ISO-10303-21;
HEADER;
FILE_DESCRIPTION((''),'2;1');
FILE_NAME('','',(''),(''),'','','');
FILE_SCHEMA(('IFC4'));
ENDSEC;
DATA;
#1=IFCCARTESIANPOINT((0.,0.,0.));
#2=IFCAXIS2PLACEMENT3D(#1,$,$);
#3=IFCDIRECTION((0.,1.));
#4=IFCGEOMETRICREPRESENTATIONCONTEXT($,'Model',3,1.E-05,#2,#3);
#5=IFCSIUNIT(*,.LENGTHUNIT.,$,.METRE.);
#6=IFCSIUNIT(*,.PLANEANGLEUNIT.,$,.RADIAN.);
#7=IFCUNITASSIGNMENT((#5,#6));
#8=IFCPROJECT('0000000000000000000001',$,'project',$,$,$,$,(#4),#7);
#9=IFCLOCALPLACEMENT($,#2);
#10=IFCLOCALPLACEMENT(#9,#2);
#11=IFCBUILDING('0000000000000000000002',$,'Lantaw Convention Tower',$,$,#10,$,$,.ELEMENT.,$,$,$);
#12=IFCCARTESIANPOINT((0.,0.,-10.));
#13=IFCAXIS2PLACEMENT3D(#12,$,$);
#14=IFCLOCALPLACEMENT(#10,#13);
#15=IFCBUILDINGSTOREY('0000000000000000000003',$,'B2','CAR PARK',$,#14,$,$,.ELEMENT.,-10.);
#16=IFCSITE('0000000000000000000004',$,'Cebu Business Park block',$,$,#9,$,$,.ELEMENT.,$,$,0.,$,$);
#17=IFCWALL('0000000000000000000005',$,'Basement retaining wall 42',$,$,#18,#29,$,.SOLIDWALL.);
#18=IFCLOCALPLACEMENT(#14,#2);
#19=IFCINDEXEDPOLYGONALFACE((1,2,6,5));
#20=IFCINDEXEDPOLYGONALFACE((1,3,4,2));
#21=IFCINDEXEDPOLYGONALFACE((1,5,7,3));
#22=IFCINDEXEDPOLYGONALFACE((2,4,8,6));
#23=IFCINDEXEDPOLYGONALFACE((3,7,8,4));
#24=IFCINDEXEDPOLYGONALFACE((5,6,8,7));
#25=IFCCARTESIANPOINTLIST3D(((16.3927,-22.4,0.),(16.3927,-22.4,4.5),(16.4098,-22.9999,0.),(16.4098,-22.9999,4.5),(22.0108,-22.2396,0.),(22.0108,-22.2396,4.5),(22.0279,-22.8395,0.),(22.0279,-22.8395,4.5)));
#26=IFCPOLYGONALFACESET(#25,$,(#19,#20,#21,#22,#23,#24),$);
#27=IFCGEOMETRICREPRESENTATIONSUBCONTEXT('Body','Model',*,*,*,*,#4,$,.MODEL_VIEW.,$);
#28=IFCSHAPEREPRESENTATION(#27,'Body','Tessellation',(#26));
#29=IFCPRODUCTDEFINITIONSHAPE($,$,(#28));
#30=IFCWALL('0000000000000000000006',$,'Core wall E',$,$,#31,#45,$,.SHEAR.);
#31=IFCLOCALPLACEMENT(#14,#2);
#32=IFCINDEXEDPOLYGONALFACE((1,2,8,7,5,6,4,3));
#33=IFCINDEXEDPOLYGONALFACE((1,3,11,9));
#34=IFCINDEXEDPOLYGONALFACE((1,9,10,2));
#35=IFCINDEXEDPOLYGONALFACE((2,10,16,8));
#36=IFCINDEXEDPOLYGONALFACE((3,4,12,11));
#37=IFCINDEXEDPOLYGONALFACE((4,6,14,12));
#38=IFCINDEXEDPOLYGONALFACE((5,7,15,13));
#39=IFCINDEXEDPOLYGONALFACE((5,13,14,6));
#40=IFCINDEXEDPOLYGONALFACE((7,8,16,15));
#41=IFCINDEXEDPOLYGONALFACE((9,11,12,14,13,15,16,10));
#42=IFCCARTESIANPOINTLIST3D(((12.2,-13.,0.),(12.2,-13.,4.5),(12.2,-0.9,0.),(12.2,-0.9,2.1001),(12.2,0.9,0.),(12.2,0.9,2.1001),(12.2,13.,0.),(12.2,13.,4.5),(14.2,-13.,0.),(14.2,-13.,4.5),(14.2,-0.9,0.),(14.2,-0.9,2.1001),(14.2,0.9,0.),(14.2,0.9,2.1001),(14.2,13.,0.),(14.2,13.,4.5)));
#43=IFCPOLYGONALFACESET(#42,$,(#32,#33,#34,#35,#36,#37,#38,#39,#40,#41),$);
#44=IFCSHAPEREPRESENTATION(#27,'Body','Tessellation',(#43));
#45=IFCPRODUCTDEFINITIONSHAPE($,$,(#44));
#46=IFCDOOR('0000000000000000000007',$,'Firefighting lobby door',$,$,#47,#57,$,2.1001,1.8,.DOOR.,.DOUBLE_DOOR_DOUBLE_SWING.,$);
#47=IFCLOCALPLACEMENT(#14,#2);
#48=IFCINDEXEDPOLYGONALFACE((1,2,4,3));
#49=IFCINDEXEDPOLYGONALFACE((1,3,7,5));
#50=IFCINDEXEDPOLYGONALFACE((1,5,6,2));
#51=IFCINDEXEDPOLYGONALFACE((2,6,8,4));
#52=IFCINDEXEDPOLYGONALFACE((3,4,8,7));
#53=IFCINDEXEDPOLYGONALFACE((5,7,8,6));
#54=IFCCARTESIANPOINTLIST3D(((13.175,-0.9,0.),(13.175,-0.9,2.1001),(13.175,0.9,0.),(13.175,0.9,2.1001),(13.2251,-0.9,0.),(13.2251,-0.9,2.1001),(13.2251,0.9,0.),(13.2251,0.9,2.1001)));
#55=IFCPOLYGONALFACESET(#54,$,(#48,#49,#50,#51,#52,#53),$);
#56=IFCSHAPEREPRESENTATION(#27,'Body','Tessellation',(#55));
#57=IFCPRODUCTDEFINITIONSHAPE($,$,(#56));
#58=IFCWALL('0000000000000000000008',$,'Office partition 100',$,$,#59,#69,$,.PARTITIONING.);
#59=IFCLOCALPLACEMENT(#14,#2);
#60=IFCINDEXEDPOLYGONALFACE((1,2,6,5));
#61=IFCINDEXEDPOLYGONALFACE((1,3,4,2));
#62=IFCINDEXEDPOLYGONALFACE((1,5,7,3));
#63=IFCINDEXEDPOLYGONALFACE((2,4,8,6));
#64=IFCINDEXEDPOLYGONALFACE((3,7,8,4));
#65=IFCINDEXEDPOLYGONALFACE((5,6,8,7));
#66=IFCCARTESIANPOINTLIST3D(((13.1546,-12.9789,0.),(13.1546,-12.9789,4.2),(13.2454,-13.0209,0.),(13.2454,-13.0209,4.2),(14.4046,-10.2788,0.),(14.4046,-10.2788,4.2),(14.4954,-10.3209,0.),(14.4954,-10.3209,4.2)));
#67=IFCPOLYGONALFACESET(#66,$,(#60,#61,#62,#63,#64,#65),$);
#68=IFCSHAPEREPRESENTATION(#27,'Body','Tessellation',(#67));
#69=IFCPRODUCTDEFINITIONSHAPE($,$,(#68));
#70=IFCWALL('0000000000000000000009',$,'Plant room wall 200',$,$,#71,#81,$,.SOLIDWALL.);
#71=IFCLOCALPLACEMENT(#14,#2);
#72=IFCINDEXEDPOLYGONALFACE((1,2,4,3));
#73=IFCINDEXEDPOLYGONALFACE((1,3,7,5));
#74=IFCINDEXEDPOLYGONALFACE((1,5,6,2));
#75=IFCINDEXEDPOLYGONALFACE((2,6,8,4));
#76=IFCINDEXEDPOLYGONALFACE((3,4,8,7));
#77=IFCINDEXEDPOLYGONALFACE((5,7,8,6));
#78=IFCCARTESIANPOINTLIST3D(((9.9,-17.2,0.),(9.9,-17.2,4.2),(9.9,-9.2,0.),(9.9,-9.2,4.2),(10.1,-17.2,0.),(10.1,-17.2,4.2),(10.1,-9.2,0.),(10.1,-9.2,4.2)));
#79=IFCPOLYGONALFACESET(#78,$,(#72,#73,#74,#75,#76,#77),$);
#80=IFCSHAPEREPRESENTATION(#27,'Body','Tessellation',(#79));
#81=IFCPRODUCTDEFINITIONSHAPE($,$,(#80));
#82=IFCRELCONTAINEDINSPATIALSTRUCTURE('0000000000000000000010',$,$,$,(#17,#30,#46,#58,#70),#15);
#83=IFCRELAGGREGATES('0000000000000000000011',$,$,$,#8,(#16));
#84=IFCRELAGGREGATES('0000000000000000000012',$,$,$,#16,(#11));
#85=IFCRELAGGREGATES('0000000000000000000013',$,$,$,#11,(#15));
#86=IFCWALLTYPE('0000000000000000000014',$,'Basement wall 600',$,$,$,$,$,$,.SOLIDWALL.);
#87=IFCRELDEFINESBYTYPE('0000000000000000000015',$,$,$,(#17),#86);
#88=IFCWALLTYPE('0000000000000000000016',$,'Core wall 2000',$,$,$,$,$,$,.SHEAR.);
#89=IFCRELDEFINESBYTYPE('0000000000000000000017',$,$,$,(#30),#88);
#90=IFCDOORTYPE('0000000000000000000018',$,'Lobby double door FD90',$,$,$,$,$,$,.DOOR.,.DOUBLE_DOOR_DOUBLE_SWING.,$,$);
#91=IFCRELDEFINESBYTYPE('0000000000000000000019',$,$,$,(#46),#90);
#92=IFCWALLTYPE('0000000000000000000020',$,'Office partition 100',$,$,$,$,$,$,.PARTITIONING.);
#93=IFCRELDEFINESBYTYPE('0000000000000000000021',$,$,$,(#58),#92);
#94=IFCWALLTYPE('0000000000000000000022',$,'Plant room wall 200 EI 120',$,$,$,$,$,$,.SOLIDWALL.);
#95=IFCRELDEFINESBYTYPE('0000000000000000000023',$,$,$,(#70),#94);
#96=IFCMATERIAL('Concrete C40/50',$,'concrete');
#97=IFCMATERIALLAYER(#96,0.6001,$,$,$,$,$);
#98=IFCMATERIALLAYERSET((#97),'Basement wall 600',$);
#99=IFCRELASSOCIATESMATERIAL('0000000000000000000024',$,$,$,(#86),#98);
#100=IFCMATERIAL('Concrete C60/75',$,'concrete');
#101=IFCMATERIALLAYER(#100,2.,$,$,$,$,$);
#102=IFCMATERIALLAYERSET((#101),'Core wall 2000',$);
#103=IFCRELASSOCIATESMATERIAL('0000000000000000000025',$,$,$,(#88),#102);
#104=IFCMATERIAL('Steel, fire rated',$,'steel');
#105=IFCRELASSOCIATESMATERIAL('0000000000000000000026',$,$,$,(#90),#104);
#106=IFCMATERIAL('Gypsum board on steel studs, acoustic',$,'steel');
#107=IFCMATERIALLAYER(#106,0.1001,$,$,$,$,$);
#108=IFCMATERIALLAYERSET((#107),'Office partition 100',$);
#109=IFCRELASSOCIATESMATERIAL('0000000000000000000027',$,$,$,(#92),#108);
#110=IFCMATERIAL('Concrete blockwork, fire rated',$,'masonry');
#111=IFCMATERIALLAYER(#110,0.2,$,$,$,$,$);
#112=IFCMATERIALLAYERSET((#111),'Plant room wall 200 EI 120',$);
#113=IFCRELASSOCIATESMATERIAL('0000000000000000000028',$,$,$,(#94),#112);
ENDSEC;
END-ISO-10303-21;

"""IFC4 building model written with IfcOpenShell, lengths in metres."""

from ifc_helpers import new_model, si_unit, direction, frame, frame_2d, origin, place, context, subcontext, project, spatial, rectangle, extrude, material, layer, layer_set, type_object, element, fill, save


model = new_model("IFC4")

# Units and contexts
model_context = context("Model", 3, precision=1e-05, world=origin(), true_north=direction((0.0, 1.0)))
body_context = subcontext(model_context, "Body", "Model", "MODEL_VIEW")
ifc_project = project(units=[si_unit("LENGTHUNIT", "METRE"), si_unit("PLANEANGLEUNIT", "RADIAN")], contexts=[model_context])

# Site, building, storey
site_placement = place(None, origin())
site = spatial("IfcSite", under=ifc_project, at=site_placement, Name="Cebu Business Park block", CompositionType="ELEMENT", RefElevation=0.0)
building_placement = place(site_placement, origin())
building = spatial("IfcBuilding", under=site, at=building_placement, Name="Lantaw Convention Tower", CompositionType="ELEMENT")
storey_placement = place(building_placement, frame((0.0, 0.0, -10.0)))
storey = spatial("IfcBuildingStorey", under=building, at=storey_placement, Name="B2", Description="CAR PARK", CompositionType="ELEMENT", Elevation=-10.0)

# Shared definitions
ifc_material_1 = material(Name="Concrete C60/75", Category="concrete")

# Wall
ifc_material_2 = material(Name="Concrete C40/50", Category="concrete")
ifc_layer_1 = layer(ifc_material_2, 0.6001)
ifc_layer_set_1 = layer_set([ifc_layer_1], Name="Basement wall 600")
wall_type_1 = type_object("IfcWallType", Name="Basement wall 600", PredefinedType="SOLIDWALL", material=ifc_layer_set_1)
wall_1_placement = place(storey_placement, frame((16.4014, -22.7, 0.0), z_axis=(0.0, 0.0, 1.0), x_axis=(0.999593, 0.028539, 0.0)))
element("IfcWall", 1, at=wall_1_placement, inside=storey, type_object=wall_type_1, Name="Basement retaining wall 42", PredefinedType="SOLIDWALL", context=body_context, shape_type="SweptSolid", body=[
    extrude(rectangle(XDim=5.6204, YDim=0.6001, at=frame_2d((2.8101, 0.0))), origin(), (0.0, 0.0, 1.0), 4.5),
])

# Wall, opening, door
ifc_layer_2 = layer(ifc_material_1, 2.0)
ifc_layer_set_2 = layer_set([ifc_layer_2], Name="Core wall 2000")
wall_type_2 = type_object("IfcWallType", Name="Core wall 2000", PredefinedType="SHEAR", material=ifc_layer_set_2)
wall_2_placement = place(storey_placement, frame((13.2, -13.0, 0.0), z_axis=(0.0, 0.0, 1.0), x_axis=(0.0, 1.0, 0.0)))
wall_2 = element("IfcWall", 2, at=wall_2_placement, inside=storey, type_object=wall_type_2, Name="Core wall E", PredefinedType="SHEAR", context=body_context, shape_type="SweptSolid", body=[
    extrude(rectangle(XDim=26.0, YDim=2.0, at=frame_2d((13.0, 0.0))), origin(), (0.0, 0.0, 1.0), 4.5),
])
opening_placement = place(wall_2_placement, frame((12.1001, 0.0, 0.0)))
opening = element("IfcOpeningElement", 3, at=opening_placement, cuts=wall_2, PredefinedType="OPENING", context=body_context, shape_type="SweptSolid", body=[
    extrude(rectangle(XDim=1.8, YDim=2.1001, at=frame_2d((0.8999, 1.05))), frame((0.0, 1.01, 0.0), z_axis=(0.0, -1.0, 0.0), x_axis=(1.0, 0.0, 0.0)), (0.0, 0.0, 1.0), 2.02),
])
ifc_material_3 = material(Name="Steel, fire rated", Category="steel")
door_type = type_object("IfcDoorType", Name="Lobby double door FD90", OperationType="DOUBLE_DOOR_DOUBLE_SWING", PredefinedType="DOOR", material=ifc_material_3)
door_placement = place(opening_placement, origin())
door = element("IfcDoor", 4, at=door_placement, inside=storey, type_object=door_type, Name="Firefighting lobby door", OperationType="DOUBLE_DOOR_DOUBLE_SWING", OverallHeight=2.1001, OverallWidth=1.8, PredefinedType="DOOR", context=body_context, shape_type="SweptSolid", body=[
    extrude(rectangle(XDim=1.8, YDim=2.1001, at=frame_2d((0.8999, 1.05))), frame((0.0, 0.0249, 0.0), z_axis=(0.0, -1.0, 0.0), x_axis=(1.0, 0.0, 0.0)), (0.0, 0.0, 1.0), 0.05),
])
fill(opening, door)

# Walls
ifc_material_4 = material(Name="Gypsum board on steel studs, acoustic", Category="steel")
ifc_layer_3 = layer(ifc_material_4, 0.1001)
ifc_layer_set_3 = layer_set([ifc_layer_3], Name="Office partition 100")
wall_type_3 = type_object("IfcWallType", Name="Office partition 100", PredefinedType="PARTITIONING", material=ifc_layer_set_3)
wall_3_placement = place(storey_placement, frame((13.2, -13.0, 0.0), z_axis=(0.0, 0.0, 1.0), x_axis=(0.42013, 0.907464, 0.0)))
element("IfcWall", 5, at=wall_3_placement, inside=storey, type_object=wall_type_3, Name="Office partition 100", PredefinedType="PARTITIONING", context=body_context, shape_type="SweptSolid", body=[
    extrude(rectangle(XDim=2.9753, YDim=0.1001, at=frame_2d((1.4878, 0.0))), origin(), (0.0, 0.0, 1.0), 4.2),
])
ifc_material_5 = material(Name="Concrete blockwork, fire rated", Category="masonry")
ifc_layer_4 = layer(ifc_material_5, 0.2)
ifc_layer_set_4 = layer_set([ifc_layer_4], Name="Plant room wall 200 EI 120")
wall_type_4 = type_object("IfcWallType", Name="Plant room wall 200 EI 120", PredefinedType="SOLIDWALL", material=ifc_layer_set_4)
wall_4_placement = place(storey_placement, frame((10.0, -9.2, 0.0), z_axis=(0.0, 0.0, 1.0), x_axis=(0.0, -1.0, 0.0)))
element("IfcWall", 6, at=wall_4_placement, inside=storey, type_object=wall_type_4, Name="Plant room wall 200", PredefinedType="SOLIDWALL", context=body_context, shape_type="SweptSolid", body=[
    extrude(rectangle(XDim=8.0, YDim=0.2, at=frame_2d((4.0, 0.0))), origin(), (0.0, 0.0, 1.0), 4.2),
])

save(model, "model.ifc")
